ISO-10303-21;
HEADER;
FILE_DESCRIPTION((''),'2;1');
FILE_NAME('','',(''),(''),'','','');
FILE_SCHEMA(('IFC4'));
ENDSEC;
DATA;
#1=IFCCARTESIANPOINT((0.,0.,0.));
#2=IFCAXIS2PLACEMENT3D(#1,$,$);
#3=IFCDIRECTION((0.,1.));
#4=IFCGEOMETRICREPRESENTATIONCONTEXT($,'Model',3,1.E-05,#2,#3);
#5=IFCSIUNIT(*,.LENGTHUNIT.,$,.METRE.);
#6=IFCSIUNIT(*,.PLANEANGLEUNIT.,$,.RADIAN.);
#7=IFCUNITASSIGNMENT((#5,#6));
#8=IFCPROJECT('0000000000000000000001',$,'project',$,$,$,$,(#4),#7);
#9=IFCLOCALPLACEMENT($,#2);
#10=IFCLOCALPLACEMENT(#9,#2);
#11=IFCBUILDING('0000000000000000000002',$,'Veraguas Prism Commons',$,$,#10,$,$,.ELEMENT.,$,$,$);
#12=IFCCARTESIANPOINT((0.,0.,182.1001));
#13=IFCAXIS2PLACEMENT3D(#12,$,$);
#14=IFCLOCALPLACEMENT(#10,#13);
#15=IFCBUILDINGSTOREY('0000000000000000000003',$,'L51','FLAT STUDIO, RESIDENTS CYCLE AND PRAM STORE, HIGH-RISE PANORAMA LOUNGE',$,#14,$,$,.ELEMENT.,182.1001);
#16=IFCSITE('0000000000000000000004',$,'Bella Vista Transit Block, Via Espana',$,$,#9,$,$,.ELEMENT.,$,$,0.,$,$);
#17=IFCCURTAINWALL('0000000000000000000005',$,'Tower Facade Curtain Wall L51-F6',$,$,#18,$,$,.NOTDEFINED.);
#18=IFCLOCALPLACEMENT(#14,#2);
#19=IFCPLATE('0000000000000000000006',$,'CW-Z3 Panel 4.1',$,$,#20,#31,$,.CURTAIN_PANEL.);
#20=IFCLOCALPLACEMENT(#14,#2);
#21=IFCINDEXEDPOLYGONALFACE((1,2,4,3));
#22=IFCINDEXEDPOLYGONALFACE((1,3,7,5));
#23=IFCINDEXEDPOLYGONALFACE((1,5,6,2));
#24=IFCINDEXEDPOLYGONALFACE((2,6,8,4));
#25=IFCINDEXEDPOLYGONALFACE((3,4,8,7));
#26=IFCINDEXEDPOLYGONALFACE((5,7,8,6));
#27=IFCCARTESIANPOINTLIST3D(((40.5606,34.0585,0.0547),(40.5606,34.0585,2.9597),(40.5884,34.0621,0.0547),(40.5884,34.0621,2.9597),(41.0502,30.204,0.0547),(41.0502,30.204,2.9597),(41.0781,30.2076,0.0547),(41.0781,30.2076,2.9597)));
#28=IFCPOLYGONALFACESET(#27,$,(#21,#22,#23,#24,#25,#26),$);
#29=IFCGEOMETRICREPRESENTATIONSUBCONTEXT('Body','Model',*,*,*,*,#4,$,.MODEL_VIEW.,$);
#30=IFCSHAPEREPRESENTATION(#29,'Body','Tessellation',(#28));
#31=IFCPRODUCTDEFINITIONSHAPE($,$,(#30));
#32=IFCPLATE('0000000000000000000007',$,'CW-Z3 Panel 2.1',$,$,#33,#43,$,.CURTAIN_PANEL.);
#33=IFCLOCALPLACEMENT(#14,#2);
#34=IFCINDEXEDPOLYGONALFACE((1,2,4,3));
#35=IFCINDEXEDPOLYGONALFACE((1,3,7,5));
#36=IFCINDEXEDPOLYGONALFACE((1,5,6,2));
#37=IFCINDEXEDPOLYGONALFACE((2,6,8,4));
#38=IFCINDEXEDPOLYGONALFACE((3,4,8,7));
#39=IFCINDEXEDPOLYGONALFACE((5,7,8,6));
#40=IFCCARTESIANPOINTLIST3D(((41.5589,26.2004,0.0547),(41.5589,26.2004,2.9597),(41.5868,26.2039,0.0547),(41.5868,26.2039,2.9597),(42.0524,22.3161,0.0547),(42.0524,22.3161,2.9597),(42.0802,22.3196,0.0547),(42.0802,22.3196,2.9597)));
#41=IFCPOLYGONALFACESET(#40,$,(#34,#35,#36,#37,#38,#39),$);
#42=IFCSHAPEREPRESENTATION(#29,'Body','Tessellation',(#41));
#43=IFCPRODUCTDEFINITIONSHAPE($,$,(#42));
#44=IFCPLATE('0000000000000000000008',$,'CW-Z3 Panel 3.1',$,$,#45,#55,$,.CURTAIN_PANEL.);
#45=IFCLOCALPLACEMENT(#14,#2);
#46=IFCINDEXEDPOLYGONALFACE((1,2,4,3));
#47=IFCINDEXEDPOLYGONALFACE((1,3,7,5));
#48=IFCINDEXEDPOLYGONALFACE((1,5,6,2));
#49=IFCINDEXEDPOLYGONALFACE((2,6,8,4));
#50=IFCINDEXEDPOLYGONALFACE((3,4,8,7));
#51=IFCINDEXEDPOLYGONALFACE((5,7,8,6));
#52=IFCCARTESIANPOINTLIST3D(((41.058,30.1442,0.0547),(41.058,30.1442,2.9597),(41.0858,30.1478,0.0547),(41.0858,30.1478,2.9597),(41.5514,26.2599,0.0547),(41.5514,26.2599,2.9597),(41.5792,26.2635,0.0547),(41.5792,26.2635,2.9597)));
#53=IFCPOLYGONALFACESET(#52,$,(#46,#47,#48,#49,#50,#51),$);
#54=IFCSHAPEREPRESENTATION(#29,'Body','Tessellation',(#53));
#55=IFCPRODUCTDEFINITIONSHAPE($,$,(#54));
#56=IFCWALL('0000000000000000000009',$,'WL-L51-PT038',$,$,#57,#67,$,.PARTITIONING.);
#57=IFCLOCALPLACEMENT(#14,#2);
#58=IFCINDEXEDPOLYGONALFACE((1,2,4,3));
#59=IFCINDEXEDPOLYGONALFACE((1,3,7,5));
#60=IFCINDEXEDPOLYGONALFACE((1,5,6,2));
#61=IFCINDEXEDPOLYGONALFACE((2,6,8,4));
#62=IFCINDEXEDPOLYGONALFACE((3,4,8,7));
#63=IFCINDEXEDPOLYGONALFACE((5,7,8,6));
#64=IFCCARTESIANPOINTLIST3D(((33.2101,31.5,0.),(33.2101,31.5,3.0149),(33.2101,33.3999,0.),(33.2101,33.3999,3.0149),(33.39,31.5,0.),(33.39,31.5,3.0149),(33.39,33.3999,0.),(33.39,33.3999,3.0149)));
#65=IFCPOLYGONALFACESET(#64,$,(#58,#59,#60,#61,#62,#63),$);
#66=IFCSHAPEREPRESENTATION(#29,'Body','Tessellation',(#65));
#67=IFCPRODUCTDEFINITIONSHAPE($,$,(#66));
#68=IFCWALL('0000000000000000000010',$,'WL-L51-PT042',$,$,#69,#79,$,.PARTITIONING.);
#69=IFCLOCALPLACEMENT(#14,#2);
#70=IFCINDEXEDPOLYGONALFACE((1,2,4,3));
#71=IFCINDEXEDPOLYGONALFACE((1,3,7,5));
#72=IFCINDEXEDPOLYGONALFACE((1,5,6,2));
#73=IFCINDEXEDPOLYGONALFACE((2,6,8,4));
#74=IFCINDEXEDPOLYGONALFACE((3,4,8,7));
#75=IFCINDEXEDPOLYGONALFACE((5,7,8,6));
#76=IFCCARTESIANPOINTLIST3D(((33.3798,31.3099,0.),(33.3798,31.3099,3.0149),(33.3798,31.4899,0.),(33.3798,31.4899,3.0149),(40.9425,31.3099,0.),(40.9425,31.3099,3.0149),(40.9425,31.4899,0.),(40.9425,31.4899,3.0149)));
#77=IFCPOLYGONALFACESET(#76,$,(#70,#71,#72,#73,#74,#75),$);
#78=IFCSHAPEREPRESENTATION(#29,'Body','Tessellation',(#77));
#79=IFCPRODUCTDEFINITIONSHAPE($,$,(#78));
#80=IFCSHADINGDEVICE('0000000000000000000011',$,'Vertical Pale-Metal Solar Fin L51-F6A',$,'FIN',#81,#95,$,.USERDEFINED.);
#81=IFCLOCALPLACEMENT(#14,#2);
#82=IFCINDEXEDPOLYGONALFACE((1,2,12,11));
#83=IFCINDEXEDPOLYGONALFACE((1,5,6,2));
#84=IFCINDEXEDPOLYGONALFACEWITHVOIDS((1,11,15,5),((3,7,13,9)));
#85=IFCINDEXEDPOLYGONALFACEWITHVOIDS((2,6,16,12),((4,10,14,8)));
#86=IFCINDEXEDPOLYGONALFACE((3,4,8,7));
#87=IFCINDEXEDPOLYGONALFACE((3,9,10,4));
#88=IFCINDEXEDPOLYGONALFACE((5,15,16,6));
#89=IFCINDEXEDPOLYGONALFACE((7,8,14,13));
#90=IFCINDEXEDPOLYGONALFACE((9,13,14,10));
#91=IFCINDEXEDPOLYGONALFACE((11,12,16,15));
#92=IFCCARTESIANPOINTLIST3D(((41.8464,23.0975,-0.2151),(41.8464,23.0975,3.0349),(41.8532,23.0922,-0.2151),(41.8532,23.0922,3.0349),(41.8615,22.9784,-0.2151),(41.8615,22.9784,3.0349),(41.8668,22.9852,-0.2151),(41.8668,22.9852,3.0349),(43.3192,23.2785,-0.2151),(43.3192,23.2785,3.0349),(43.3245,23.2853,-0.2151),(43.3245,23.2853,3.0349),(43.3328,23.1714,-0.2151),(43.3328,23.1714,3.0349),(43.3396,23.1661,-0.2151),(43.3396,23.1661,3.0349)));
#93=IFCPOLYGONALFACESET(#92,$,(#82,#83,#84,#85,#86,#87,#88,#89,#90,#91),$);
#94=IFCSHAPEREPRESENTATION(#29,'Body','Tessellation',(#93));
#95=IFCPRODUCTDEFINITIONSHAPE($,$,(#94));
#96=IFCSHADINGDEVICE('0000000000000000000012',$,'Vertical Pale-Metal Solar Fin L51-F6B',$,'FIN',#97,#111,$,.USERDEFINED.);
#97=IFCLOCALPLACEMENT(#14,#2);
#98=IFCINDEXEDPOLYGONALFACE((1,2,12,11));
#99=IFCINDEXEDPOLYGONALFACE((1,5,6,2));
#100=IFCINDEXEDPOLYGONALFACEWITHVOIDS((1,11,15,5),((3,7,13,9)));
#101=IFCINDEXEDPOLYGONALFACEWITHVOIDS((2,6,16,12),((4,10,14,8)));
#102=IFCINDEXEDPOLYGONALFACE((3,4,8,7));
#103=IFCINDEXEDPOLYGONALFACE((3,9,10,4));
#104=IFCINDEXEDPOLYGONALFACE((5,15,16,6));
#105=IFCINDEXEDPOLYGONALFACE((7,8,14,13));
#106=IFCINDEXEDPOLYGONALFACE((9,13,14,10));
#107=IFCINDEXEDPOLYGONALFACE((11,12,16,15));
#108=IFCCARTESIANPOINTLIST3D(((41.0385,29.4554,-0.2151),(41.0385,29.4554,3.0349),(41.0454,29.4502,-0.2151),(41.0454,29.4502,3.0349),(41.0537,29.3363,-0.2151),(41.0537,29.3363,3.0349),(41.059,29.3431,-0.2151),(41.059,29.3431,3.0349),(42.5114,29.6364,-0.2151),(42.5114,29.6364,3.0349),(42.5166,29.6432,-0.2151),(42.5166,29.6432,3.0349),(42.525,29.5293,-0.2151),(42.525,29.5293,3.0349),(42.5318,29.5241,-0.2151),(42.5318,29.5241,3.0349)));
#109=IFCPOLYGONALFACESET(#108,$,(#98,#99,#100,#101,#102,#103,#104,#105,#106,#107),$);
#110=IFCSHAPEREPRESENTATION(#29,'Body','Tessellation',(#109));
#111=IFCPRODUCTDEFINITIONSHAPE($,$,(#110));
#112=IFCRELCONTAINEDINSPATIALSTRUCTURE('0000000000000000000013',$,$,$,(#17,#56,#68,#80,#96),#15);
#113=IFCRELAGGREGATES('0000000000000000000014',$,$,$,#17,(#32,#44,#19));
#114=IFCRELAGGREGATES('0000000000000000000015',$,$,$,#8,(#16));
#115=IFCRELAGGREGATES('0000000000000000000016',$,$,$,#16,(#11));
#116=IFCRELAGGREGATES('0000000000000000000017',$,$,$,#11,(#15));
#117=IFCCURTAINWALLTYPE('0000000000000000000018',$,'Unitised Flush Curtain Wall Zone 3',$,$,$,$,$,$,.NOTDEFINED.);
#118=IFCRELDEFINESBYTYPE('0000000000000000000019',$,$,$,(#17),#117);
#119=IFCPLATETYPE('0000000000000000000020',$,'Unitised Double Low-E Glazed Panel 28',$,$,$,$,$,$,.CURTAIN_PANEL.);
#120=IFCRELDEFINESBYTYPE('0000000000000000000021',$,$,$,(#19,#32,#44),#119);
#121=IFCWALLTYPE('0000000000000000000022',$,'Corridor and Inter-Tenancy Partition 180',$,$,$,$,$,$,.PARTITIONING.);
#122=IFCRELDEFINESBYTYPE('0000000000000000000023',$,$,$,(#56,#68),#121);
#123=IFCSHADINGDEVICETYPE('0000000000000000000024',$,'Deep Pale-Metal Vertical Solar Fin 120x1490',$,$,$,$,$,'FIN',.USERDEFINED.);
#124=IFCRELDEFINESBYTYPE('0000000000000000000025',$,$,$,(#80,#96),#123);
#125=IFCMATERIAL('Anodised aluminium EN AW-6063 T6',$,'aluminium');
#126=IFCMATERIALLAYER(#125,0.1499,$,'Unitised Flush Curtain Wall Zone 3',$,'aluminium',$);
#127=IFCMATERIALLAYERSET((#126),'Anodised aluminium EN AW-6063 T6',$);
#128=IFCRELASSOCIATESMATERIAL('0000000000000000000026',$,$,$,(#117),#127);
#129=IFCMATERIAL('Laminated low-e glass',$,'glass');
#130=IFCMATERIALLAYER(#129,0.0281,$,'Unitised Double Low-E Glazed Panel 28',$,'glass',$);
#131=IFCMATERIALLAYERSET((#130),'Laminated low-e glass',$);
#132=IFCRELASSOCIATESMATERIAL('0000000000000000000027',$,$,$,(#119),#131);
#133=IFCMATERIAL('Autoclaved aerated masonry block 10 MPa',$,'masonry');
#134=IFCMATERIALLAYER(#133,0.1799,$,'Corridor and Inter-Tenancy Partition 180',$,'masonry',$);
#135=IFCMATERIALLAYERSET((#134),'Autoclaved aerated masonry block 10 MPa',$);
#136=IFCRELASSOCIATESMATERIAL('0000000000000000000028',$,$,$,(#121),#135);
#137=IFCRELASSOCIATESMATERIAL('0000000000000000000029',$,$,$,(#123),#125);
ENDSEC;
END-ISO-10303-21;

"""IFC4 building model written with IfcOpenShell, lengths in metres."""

from ifc_helpers import new_model, si_unit, direction, frame, frame_2d, origin, origin_2d, place, context, subcontext, project, spatial, rectangle, hollow_rectangle, extrude, source, transform, mapped, material, layer, layer_set, material_profile, profile_set, type_object, element, aggregate, save


model = new_model("IFC4")

# Units and contexts
model_context = context("Model", 3, precision=1e-05, world=origin(), true_north=direction((0.0, 1.0)))
body_context = subcontext(model_context, "Body", "Model", "MODEL_VIEW")
ifc_project = project(units=[si_unit("LENGTHUNIT", "METRE"), si_unit("PLANEANGLEUNIT", "RADIAN")], contexts=[model_context])

# Site, building, storey
site_placement = place(None, origin())
site = spatial("IfcSite", under=ifc_project, at=site_placement, Name="Bella Vista Transit Block, Via Espana", CompositionType="ELEMENT", RefElevation=0.0)
building_placement = place(site_placement, origin())
building = spatial("IfcBuilding", under=site, at=building_placement, Name="Veraguas Prism Commons", CompositionType="ELEMENT")
storey_placement = place(building_placement, frame((0.0, 0.0, 182.1001)))
storey = spatial("IfcBuildingStorey", under=building, at=storey_placement, Name="L51", Description="FLAT STUDIO, RESIDENTS CYCLE AND PRAM STORE, HIGH-RISE PANORAMA LOUNGE", CompositionType="ELEMENT", Elevation=182.1001)

# Curtain wall, plates
ifc_material_1 = material(Name="Anodised aluminium EN AW-6063 T6", Category="aluminium")
ifc_layer_1 = layer(ifc_material_1, 0.1499, Name="Unitised Flush Curtain Wall Zone 3", Category="aluminium")
ifc_layer_set_1 = layer_set([ifc_layer_1], Name="Anodised aluminium EN AW-6063 T6")
curtain_wall_type = type_object("IfcCurtainWallType", Name="Unitised Flush Curtain Wall Zone 3", PredefinedType="NOTDEFINED", material=ifc_layer_set_1)
curtain_wall_placement = place(storey_placement, origin())
curtain_wall = element("IfcCurtainWall", 1, at=curtain_wall_placement, inside=storey, type_object=curtain_wall_type, Name="Tower Facade Curtain Wall L51-F6", PredefinedType="NOTDEFINED")
ifc_material_2 = material(Name="Laminated low-e glass", Category="glass")
ifc_layer_2 = layer(ifc_material_2, 0.0281, Name="Unitised Double Low-E Glazed Panel 28", Category="glass")
ifc_layer_set_2 = layer_set([ifc_layer_2], Name="Laminated low-e glass")
plate_type = type_object("IfcPlateType", Name="Unitised Double Low-E Glazed Panel 28", PredefinedType="CURTAIN_PANEL", material=ifc_layer_set_2)
shared_shape_1 = source(origin(), body_context, "Body", "SweptSolid", [
    extrude(rectangle(XDim=3.8855, YDim=0.0281, at=origin_2d()), origin(), (0.0, 0.0, 1.0), 2.905),
])
plate_1_placement = place(storey_placement, frame((40.8193, 32.1331, 0.0547), z_axis=(0.0, 0.0, 1.0), x_axis=(-0.126019, 0.992028, 0.0)))
plate_1 = element("IfcPlate", 2, at=plate_1_placement, type_object=plate_type, Name="CW-Z3 Panel 4.1", PredefinedType="CURTAIN_PANEL", context=body_context, shape_type="MappedRepresentation", body=[
    mapped(shared_shape_1, transform((0.0, 0.0, 0.0), scale=1.0)),
])
shared_shape_2 = source(origin(), body_context, "Body", "SweptSolid", [
    extrude(rectangle(XDim=3.9155, YDim=0.0281, at=origin_2d()), origin(), (0.0, 0.0, 1.0), 2.905),
])
plate_2_placement = place(storey_placement, frame((41.8196, 24.26, 0.0547), z_axis=(0.0, 0.0, 1.0), x_axis=(-0.126019, 0.992028, 0.0)))
plate_2 = element("IfcPlate", 3, at=plate_2_placement, type_object=plate_type, Name="CW-Z3 Panel 2.1", PredefinedType="CURTAIN_PANEL", context=body_context, shape_type="MappedRepresentation", body=[
    mapped(shared_shape_2, transform((0.0, 0.0, 0.0), scale=1.0)),
])
plate_3_placement = place(storey_placement, frame((41.3186, 28.2039, 0.0547), z_axis=(0.0, 0.0, 1.0), x_axis=(-0.126019, 0.992028, 0.0)))
plate_3 = element("IfcPlate", 4, at=plate_3_placement, type_object=plate_type, Name="CW-Z3 Panel 3.1", PredefinedType="CURTAIN_PANEL", context=body_context, shape_type="MappedRepresentation", body=[
    mapped(shared_shape_2, transform((0.0, 0.0, 0.0), scale=1.0)),
])
aggregate(curtain_wall, [plate_2, plate_3, plate_1])

# Walls
ifc_material_3 = material(Name="Autoclaved aerated masonry block 10 MPa", Category="masonry")
ifc_layer_3 = layer(ifc_material_3, 0.1799, Name="Corridor and Inter-Tenancy Partition 180", Category="masonry")
ifc_layer_set_3 = layer_set([ifc_layer_3], Name="Autoclaved aerated masonry block 10 MPa")
wall_type = type_object("IfcWallType", Name="Corridor and Inter-Tenancy Partition 180", PredefinedType="PARTITIONING", material=ifc_layer_set_3)
wall_1_placement = place(storey_placement, frame((33.3, 31.5, 0.0), z_axis=(0.0, 0.0, 1.0), x_axis=(0.0, 1.0, 0.0)))
element("IfcWall", 5, at=wall_1_placement, inside=storey, type_object=wall_type, Name="WL-L51-PT038", PredefinedType="PARTITIONING", context=body_context, shape_type="SweptSolid", body=[
    extrude(rectangle(XDim=1.8999, YDim=0.1799, at=frame_2d((0.95, 0.0))), origin(), (0.0, 0.0, 1.0), 3.0149),
])
wall_2_placement = place(storey_placement, frame((33.3799, 31.3999, 0.0), z_axis=(0.0, 0.0, 1.0), x_axis=(1.0, 0.0, 0.0)))
element("IfcWall", 6, at=wall_2_placement, inside=storey, type_object=wall_type, Name="WL-L51-PT042", PredefinedType="PARTITIONING", context=body_context, shape_type="SweptSolid", body=[
    extrude(rectangle(XDim=7.5627, YDim=0.1799, at=frame_2d((3.7812, 0.0))), origin(), (0.0, 0.0, 1.0), 3.0149),
])

# Shading devices
ifc_material_profile_1 = material_profile(ifc_material_1, hollow_rectangle(XDim=0.1201, YDim=1.49, WallThickness=0.0061, at=origin_2d()), Name="FIN120X1490X6")
ifc_profile_set_1 = profile_set([ifc_material_profile_1], Name="Anodised aluminium EN AW-6063 T6")
shading_device_type = type_object("IfcShadingDeviceType", Name="Deep Pale-Metal Vertical Solar Fin 120x1490", ElementType="FIN", PredefinedType="USERDEFINED", material=ifc_profile_set_1)
for number, where, z_axis, x_axis, name in (
    (7, (42.593, 23.1318, -0.2151), (0.0, 0.0, 1.0), (-0.126024, 0.992027, 0.0), "Vertical Pale-Metal Solar Fin L51-F6A"),
    (8, (41.7852, 29.4897, -0.2151), (0.0, 0.0, 1.0), (-0.126024, 0.992027, 0.0), "Vertical Pale-Metal Solar Fin L51-F6B"),
):
    element("IfcShadingDevice", number, at=place(storey_placement, frame(where, z_axis=z_axis, x_axis=x_axis)), inside=storey, type_object=shading_device_type, Name=name, ObjectType="FIN", PredefinedType="USERDEFINED", context=body_context, shape_type="SweptSolid", body=[
        extrude(hollow_rectangle(XDim=0.1201, YDim=1.49, WallThickness=0.0061, at=origin_2d()), origin(), (0.0, 0.0, 1.0), 3.25),
    ])

save(model, "model.ifc")
